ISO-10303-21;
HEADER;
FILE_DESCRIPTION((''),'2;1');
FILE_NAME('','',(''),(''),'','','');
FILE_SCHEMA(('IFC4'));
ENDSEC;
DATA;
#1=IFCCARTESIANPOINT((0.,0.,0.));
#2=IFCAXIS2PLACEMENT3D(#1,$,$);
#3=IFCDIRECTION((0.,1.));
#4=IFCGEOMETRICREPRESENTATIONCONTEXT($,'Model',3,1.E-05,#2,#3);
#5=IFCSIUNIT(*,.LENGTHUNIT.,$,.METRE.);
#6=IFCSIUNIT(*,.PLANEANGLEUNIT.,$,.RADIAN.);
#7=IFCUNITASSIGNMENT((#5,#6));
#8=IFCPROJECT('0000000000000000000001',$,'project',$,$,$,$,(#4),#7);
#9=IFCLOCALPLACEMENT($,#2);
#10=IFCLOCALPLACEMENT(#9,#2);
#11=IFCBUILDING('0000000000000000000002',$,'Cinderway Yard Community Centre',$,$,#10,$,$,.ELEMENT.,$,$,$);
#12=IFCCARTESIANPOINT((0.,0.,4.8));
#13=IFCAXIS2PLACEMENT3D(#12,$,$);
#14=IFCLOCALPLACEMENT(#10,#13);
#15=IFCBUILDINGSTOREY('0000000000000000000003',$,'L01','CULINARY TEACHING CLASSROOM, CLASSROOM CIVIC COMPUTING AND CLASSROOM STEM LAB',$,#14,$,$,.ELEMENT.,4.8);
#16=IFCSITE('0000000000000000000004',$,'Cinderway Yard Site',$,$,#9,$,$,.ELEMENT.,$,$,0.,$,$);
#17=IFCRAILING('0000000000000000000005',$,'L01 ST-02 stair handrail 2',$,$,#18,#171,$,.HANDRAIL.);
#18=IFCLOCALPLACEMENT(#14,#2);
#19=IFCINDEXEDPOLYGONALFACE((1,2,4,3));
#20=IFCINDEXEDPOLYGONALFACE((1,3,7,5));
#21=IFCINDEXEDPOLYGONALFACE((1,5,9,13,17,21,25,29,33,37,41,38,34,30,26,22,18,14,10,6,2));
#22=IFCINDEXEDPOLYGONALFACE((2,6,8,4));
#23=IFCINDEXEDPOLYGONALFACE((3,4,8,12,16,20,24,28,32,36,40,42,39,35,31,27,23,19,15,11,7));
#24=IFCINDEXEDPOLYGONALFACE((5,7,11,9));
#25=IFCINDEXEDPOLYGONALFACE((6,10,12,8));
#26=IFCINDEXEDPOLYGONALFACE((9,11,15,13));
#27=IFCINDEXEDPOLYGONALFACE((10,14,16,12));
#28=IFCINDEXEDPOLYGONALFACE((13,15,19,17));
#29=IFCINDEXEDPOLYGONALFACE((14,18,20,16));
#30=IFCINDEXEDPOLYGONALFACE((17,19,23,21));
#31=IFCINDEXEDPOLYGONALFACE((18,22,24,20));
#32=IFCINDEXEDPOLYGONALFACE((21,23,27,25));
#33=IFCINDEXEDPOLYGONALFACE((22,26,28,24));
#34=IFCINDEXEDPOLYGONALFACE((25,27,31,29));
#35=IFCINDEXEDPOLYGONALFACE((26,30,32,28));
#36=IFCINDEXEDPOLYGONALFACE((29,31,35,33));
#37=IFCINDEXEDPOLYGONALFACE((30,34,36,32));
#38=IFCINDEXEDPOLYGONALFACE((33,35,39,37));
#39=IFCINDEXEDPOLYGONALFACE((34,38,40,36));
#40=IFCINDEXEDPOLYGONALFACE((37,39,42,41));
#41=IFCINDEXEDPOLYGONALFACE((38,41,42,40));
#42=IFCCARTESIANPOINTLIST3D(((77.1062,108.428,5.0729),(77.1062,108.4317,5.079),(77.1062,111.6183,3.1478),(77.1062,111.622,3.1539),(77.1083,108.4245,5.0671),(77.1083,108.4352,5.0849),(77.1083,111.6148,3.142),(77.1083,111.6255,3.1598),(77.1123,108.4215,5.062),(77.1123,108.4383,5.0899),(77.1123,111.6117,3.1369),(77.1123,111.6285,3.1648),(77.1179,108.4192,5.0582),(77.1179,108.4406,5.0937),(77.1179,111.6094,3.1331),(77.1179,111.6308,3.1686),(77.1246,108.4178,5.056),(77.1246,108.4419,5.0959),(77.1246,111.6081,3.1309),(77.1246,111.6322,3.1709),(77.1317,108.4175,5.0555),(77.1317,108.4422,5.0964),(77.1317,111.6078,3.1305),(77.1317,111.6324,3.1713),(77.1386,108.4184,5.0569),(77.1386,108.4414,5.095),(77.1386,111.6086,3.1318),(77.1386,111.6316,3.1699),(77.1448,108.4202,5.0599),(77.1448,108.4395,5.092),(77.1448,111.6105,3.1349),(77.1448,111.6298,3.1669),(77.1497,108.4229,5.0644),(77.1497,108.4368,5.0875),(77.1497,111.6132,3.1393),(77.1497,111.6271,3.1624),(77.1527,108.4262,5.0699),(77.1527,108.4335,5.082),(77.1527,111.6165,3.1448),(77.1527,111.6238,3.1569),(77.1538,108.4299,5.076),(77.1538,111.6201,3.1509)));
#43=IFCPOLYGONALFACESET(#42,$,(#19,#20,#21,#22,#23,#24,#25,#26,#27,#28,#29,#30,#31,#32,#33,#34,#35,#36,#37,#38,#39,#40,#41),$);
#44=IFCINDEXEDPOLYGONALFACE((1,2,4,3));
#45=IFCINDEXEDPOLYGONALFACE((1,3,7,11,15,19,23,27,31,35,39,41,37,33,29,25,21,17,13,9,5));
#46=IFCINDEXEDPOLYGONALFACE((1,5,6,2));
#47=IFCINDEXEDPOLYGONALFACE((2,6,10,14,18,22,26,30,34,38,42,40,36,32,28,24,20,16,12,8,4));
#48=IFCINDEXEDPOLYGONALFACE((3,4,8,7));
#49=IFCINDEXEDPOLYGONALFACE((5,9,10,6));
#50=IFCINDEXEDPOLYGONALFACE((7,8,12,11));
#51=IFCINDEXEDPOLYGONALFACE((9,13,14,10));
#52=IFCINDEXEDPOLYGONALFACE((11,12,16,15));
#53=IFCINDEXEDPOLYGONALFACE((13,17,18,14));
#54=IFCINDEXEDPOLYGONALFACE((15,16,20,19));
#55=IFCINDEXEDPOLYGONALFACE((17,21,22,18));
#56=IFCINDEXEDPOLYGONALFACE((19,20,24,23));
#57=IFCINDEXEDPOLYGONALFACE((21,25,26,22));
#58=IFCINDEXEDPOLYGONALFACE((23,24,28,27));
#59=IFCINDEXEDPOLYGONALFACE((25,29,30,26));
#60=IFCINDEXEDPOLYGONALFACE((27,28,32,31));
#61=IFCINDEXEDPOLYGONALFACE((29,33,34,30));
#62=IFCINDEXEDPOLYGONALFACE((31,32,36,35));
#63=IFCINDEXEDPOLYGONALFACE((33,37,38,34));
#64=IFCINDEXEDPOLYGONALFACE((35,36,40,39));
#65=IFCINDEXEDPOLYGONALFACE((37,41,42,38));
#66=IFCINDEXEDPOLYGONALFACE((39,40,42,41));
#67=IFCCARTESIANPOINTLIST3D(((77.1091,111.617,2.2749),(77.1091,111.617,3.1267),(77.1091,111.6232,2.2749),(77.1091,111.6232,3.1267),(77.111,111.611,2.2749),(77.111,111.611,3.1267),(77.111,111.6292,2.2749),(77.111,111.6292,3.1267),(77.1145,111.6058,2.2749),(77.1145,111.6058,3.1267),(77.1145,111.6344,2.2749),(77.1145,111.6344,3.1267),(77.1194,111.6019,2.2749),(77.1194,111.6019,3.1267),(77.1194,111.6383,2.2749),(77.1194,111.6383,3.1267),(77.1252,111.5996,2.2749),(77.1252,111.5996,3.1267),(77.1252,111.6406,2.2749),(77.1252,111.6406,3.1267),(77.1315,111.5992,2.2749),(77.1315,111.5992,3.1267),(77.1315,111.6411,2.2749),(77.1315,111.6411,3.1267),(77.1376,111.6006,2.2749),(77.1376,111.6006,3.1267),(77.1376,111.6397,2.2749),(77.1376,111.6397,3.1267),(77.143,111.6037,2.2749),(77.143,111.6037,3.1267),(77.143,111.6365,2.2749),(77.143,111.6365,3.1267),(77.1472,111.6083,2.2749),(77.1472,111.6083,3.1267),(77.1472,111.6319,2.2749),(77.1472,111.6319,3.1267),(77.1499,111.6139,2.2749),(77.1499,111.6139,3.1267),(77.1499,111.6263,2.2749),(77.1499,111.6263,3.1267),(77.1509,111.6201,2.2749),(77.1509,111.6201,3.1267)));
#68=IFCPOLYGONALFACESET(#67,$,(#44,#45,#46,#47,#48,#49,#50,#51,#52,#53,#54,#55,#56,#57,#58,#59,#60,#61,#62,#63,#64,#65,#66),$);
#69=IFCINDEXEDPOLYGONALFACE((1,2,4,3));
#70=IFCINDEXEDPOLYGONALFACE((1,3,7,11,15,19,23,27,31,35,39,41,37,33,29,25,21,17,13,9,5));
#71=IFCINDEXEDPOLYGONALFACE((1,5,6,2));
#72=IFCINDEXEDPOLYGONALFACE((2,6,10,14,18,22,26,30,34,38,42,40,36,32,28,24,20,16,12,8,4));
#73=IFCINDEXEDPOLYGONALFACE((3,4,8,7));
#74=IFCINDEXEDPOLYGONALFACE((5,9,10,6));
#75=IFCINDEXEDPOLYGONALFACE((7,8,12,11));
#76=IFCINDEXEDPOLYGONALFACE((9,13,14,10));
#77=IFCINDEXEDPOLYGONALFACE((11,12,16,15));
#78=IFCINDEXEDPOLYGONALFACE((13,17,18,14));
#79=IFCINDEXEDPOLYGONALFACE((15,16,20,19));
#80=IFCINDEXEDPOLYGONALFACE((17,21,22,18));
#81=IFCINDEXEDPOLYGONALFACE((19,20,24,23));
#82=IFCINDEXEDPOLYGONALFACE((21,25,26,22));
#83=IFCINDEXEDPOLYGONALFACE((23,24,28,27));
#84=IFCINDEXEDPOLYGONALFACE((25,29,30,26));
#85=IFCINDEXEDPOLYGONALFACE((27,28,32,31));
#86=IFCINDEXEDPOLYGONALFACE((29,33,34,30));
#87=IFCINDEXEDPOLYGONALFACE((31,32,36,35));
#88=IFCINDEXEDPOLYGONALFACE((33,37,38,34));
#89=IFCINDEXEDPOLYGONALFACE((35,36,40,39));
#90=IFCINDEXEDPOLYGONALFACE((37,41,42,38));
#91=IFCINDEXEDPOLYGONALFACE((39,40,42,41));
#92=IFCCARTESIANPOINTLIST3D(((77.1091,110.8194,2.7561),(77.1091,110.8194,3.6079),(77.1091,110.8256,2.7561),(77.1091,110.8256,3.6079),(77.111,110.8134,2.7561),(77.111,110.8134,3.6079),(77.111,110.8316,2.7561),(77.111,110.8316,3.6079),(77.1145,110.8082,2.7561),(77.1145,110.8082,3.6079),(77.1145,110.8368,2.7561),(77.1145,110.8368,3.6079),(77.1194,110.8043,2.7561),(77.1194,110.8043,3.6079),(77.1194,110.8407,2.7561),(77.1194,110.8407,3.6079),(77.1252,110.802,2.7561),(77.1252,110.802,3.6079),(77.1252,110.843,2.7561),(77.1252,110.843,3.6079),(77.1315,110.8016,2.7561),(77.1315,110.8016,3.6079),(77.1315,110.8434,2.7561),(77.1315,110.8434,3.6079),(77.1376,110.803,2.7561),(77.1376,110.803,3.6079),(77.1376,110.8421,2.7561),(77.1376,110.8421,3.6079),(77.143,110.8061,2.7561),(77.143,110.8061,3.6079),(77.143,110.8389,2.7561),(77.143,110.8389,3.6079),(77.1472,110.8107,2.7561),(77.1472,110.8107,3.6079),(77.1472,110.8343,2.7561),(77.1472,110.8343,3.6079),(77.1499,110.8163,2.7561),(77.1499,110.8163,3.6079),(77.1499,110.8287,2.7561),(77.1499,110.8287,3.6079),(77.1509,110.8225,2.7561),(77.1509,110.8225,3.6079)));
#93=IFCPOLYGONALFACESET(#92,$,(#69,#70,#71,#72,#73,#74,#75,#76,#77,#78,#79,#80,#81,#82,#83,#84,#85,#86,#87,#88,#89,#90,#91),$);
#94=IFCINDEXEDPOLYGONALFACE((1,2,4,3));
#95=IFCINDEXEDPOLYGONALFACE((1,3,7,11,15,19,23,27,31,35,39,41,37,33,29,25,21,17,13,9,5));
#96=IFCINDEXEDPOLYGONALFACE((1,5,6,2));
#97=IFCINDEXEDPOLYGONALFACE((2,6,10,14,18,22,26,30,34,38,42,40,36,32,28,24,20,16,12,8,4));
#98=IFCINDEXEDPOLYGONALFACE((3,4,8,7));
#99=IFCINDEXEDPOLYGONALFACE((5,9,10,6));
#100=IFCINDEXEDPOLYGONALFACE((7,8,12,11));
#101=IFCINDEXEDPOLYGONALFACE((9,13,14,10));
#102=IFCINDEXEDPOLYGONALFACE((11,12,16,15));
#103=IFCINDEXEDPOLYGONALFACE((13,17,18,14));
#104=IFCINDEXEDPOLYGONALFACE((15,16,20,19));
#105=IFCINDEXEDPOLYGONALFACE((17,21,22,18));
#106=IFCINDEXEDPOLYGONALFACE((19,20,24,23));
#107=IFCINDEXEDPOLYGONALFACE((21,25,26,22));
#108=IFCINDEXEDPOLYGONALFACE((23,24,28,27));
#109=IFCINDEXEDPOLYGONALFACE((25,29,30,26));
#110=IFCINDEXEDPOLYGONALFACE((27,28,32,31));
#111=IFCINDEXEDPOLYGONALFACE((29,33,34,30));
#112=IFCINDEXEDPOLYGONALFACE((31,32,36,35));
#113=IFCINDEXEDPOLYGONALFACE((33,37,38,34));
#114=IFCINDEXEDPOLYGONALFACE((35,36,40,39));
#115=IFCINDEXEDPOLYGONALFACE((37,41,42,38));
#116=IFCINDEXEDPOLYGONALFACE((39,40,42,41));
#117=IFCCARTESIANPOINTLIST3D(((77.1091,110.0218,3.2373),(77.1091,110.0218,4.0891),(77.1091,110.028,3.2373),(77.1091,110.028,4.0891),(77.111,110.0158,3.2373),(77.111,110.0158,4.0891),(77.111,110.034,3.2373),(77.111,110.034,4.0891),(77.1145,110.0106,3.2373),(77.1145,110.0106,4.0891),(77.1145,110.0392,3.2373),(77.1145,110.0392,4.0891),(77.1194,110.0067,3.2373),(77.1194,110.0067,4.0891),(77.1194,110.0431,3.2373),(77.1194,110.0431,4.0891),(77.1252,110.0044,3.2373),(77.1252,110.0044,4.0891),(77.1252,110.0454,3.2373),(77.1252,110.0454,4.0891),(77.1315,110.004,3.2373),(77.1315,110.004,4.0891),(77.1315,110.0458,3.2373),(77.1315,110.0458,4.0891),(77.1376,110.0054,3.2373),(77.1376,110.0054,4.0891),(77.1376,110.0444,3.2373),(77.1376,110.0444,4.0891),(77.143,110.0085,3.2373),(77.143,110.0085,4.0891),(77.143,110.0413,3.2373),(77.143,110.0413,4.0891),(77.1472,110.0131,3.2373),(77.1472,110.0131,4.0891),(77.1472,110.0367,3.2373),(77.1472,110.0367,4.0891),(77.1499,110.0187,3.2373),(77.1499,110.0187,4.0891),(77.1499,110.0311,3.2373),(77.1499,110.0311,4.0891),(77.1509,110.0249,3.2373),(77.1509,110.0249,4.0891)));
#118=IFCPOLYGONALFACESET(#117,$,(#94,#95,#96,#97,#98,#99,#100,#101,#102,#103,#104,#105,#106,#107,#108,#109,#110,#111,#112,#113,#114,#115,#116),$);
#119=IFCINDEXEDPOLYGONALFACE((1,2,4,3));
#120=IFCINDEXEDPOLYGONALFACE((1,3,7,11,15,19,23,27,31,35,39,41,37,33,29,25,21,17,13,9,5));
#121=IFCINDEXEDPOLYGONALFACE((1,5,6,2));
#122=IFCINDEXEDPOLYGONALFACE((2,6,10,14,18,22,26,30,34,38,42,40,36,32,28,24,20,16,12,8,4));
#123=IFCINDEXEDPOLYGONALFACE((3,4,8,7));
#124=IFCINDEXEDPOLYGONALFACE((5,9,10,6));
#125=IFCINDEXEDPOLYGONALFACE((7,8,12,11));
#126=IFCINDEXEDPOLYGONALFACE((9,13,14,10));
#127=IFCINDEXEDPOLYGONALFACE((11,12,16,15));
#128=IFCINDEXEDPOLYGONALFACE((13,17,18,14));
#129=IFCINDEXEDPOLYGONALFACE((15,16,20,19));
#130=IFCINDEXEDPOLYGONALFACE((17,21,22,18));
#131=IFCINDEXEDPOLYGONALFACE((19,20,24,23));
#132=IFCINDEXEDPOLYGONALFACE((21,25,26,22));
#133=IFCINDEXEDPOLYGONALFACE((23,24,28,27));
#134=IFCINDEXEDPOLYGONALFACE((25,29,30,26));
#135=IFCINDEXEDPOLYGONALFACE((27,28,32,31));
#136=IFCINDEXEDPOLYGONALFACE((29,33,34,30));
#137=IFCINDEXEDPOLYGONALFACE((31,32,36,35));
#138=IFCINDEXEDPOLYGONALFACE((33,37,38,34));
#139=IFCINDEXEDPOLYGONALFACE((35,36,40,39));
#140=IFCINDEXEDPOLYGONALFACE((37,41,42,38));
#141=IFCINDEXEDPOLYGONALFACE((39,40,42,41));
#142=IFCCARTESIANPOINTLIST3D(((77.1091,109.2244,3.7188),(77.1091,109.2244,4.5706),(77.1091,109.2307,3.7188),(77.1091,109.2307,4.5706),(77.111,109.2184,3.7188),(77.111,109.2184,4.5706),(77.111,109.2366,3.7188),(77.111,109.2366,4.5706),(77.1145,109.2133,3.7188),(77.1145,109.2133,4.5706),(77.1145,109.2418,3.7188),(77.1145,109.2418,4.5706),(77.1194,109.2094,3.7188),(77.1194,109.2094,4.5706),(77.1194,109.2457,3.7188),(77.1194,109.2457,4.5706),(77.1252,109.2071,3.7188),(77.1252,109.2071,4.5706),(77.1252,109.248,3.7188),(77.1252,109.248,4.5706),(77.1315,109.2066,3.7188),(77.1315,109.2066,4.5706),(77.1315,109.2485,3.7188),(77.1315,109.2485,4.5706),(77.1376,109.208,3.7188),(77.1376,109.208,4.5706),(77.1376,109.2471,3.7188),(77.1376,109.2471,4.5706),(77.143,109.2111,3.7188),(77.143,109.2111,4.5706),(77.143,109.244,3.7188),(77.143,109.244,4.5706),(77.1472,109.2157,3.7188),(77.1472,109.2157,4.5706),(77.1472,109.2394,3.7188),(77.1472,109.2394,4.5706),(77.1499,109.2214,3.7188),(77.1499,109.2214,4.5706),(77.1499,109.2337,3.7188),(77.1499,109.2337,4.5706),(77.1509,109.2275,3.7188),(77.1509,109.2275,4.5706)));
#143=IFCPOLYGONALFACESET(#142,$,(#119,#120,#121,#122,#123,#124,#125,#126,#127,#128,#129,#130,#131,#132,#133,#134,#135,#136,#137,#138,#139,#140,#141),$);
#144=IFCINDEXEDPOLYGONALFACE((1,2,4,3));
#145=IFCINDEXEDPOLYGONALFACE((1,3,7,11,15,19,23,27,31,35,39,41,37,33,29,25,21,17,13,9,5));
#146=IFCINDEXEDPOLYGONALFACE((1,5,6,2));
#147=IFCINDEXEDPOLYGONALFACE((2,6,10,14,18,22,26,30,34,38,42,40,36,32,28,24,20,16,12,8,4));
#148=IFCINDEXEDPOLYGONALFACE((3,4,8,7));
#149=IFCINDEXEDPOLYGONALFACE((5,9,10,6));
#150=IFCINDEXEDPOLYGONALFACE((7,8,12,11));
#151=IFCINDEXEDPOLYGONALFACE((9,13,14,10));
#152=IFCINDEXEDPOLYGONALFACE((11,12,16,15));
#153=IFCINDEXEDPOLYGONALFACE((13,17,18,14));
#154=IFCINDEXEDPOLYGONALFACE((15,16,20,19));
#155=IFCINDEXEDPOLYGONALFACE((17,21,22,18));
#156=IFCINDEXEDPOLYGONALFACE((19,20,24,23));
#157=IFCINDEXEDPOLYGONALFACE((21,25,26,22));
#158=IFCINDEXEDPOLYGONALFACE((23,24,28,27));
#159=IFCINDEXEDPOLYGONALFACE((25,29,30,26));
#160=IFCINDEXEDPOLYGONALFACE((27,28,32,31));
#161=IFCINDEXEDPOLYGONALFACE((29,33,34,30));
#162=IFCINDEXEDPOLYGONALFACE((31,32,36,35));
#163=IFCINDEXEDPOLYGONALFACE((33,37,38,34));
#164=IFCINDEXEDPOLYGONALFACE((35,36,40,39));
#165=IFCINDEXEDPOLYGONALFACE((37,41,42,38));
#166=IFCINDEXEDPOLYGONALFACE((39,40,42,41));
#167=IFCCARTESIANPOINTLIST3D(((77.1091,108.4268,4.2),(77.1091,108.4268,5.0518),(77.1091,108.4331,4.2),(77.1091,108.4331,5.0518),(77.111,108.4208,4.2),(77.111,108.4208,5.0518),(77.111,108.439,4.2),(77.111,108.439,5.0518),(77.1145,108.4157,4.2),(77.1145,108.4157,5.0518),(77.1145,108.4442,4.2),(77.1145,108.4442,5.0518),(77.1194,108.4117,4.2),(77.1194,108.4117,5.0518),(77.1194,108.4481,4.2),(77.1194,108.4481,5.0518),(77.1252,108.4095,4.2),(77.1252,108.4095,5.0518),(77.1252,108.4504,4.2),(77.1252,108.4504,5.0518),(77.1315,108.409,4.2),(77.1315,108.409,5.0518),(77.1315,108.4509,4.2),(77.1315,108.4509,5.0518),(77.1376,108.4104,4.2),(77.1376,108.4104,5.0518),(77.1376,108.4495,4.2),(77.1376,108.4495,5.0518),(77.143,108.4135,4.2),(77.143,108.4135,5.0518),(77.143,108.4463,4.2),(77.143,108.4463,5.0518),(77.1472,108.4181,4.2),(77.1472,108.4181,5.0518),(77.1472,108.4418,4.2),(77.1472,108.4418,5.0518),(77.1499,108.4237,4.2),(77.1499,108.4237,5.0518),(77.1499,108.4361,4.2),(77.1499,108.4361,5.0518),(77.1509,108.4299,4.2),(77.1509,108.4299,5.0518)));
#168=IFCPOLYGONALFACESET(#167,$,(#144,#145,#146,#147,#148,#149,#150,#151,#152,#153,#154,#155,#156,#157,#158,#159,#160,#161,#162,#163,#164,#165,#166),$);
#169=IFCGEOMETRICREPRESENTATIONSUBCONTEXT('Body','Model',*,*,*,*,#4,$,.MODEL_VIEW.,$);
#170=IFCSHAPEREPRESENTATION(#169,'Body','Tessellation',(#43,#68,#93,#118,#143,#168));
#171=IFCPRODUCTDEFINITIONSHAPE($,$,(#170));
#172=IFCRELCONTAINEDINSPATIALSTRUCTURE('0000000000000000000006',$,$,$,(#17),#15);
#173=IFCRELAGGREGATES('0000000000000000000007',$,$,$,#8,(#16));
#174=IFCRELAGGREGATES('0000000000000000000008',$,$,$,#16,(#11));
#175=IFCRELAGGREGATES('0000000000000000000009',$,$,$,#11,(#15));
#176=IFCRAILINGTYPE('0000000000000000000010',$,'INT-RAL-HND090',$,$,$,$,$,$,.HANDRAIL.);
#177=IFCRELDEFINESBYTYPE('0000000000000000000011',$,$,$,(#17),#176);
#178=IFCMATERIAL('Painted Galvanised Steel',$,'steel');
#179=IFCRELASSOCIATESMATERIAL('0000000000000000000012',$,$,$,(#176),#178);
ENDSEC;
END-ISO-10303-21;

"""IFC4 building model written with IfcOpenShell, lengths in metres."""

from ifc_helpers import new_model, si_unit, direction, frame, origin, origin_2d, place, context, subcontext, project, spatial, circle, extrude, material, type_object, element, save


model = new_model("IFC4")

# Units and contexts
model_context = context("Model", 3, precision=1e-05, world=origin(), true_north=direction((0.0, 1.0)))
body_context = subcontext(model_context, "Body", "Model", "MODEL_VIEW")
ifc_project = project(units=[si_unit("LENGTHUNIT", "METRE"), si_unit("PLANEANGLEUNIT", "RADIAN")], contexts=[model_context])

# Site, building, storey
site_placement = place(None, origin())
site = spatial("IfcSite", under=ifc_project, at=site_placement, Name="Cinderway Yard Site", CompositionType="ELEMENT", RefElevation=0.0)
building_placement = place(site_placement, origin())
building = spatial("IfcBuilding", under=site, at=building_placement, Name="Cinderway Yard Community Centre", CompositionType="ELEMENT")
storey_placement = place(building_placement, frame((0.0, 0.0, 4.8)))
storey = spatial("IfcBuildingStorey", under=building, at=storey_placement, Name="L01", Description="CULINARY TEACHING CLASSROOM, CLASSROOM CIVIC COMPUTING AND CLASSROOM STEM LAB", CompositionType="ELEMENT", Elevation=4.8)

# Shared definitions
ifc_material_1 = material(Name="Painted Galvanised Steel", Category="steel")

# Railing
railing_type_1 = type_object("IfcRailingType", Name="INT-RAL-HND090", PredefinedType="HANDRAIL", material=ifc_material_1)
railing_1_placement = place(storey_placement, frame((77.1299, 111.6201, 2.2749)))
element("IfcRailing", 1, at=railing_1_placement, inside=storey, type_object=railing_type_1, Name="L01 ST-02 stair handrail 2", PredefinedType="HANDRAIL", context=body_context, shape_type="SweptSolid", body=[
    extrude(circle(Radius=0.0239, at=origin_2d()), frame((0.0, 0.0, 0.876), z_axis=(0.0, -0.856195, 0.516653), x_axis=(1.0, 0.0, 0.0)), (0.0, 0.0, 1.0), 3.7261),
    extrude(circle(Radius=0.021, at=origin_2d()), origin(), (0.0, 0.0, 1.0), 0.8518),
    extrude(circle(Radius=0.021, at=origin_2d()), frame((0.0, -0.7976, 0.4812)), (0.0, 0.0, 1.0), 0.8518),
    extrude(circle(Radius=0.021, at=origin_2d()), frame((0.0, -1.5952, 0.9624)), (0.0, 0.0, 1.0), 0.8518),
    extrude(circle(Radius=0.021, at=origin_2d()), frame((0.0, -2.3926, 1.4438)), (0.0, 0.0, 1.0), 0.8518),
    extrude(circle(Radius=0.021, at=origin_2d()), frame((0.0, -3.1902, 1.925)), (0.0, 0.0, 1.0), 0.8518),
])

save(model, "model.ifc")
